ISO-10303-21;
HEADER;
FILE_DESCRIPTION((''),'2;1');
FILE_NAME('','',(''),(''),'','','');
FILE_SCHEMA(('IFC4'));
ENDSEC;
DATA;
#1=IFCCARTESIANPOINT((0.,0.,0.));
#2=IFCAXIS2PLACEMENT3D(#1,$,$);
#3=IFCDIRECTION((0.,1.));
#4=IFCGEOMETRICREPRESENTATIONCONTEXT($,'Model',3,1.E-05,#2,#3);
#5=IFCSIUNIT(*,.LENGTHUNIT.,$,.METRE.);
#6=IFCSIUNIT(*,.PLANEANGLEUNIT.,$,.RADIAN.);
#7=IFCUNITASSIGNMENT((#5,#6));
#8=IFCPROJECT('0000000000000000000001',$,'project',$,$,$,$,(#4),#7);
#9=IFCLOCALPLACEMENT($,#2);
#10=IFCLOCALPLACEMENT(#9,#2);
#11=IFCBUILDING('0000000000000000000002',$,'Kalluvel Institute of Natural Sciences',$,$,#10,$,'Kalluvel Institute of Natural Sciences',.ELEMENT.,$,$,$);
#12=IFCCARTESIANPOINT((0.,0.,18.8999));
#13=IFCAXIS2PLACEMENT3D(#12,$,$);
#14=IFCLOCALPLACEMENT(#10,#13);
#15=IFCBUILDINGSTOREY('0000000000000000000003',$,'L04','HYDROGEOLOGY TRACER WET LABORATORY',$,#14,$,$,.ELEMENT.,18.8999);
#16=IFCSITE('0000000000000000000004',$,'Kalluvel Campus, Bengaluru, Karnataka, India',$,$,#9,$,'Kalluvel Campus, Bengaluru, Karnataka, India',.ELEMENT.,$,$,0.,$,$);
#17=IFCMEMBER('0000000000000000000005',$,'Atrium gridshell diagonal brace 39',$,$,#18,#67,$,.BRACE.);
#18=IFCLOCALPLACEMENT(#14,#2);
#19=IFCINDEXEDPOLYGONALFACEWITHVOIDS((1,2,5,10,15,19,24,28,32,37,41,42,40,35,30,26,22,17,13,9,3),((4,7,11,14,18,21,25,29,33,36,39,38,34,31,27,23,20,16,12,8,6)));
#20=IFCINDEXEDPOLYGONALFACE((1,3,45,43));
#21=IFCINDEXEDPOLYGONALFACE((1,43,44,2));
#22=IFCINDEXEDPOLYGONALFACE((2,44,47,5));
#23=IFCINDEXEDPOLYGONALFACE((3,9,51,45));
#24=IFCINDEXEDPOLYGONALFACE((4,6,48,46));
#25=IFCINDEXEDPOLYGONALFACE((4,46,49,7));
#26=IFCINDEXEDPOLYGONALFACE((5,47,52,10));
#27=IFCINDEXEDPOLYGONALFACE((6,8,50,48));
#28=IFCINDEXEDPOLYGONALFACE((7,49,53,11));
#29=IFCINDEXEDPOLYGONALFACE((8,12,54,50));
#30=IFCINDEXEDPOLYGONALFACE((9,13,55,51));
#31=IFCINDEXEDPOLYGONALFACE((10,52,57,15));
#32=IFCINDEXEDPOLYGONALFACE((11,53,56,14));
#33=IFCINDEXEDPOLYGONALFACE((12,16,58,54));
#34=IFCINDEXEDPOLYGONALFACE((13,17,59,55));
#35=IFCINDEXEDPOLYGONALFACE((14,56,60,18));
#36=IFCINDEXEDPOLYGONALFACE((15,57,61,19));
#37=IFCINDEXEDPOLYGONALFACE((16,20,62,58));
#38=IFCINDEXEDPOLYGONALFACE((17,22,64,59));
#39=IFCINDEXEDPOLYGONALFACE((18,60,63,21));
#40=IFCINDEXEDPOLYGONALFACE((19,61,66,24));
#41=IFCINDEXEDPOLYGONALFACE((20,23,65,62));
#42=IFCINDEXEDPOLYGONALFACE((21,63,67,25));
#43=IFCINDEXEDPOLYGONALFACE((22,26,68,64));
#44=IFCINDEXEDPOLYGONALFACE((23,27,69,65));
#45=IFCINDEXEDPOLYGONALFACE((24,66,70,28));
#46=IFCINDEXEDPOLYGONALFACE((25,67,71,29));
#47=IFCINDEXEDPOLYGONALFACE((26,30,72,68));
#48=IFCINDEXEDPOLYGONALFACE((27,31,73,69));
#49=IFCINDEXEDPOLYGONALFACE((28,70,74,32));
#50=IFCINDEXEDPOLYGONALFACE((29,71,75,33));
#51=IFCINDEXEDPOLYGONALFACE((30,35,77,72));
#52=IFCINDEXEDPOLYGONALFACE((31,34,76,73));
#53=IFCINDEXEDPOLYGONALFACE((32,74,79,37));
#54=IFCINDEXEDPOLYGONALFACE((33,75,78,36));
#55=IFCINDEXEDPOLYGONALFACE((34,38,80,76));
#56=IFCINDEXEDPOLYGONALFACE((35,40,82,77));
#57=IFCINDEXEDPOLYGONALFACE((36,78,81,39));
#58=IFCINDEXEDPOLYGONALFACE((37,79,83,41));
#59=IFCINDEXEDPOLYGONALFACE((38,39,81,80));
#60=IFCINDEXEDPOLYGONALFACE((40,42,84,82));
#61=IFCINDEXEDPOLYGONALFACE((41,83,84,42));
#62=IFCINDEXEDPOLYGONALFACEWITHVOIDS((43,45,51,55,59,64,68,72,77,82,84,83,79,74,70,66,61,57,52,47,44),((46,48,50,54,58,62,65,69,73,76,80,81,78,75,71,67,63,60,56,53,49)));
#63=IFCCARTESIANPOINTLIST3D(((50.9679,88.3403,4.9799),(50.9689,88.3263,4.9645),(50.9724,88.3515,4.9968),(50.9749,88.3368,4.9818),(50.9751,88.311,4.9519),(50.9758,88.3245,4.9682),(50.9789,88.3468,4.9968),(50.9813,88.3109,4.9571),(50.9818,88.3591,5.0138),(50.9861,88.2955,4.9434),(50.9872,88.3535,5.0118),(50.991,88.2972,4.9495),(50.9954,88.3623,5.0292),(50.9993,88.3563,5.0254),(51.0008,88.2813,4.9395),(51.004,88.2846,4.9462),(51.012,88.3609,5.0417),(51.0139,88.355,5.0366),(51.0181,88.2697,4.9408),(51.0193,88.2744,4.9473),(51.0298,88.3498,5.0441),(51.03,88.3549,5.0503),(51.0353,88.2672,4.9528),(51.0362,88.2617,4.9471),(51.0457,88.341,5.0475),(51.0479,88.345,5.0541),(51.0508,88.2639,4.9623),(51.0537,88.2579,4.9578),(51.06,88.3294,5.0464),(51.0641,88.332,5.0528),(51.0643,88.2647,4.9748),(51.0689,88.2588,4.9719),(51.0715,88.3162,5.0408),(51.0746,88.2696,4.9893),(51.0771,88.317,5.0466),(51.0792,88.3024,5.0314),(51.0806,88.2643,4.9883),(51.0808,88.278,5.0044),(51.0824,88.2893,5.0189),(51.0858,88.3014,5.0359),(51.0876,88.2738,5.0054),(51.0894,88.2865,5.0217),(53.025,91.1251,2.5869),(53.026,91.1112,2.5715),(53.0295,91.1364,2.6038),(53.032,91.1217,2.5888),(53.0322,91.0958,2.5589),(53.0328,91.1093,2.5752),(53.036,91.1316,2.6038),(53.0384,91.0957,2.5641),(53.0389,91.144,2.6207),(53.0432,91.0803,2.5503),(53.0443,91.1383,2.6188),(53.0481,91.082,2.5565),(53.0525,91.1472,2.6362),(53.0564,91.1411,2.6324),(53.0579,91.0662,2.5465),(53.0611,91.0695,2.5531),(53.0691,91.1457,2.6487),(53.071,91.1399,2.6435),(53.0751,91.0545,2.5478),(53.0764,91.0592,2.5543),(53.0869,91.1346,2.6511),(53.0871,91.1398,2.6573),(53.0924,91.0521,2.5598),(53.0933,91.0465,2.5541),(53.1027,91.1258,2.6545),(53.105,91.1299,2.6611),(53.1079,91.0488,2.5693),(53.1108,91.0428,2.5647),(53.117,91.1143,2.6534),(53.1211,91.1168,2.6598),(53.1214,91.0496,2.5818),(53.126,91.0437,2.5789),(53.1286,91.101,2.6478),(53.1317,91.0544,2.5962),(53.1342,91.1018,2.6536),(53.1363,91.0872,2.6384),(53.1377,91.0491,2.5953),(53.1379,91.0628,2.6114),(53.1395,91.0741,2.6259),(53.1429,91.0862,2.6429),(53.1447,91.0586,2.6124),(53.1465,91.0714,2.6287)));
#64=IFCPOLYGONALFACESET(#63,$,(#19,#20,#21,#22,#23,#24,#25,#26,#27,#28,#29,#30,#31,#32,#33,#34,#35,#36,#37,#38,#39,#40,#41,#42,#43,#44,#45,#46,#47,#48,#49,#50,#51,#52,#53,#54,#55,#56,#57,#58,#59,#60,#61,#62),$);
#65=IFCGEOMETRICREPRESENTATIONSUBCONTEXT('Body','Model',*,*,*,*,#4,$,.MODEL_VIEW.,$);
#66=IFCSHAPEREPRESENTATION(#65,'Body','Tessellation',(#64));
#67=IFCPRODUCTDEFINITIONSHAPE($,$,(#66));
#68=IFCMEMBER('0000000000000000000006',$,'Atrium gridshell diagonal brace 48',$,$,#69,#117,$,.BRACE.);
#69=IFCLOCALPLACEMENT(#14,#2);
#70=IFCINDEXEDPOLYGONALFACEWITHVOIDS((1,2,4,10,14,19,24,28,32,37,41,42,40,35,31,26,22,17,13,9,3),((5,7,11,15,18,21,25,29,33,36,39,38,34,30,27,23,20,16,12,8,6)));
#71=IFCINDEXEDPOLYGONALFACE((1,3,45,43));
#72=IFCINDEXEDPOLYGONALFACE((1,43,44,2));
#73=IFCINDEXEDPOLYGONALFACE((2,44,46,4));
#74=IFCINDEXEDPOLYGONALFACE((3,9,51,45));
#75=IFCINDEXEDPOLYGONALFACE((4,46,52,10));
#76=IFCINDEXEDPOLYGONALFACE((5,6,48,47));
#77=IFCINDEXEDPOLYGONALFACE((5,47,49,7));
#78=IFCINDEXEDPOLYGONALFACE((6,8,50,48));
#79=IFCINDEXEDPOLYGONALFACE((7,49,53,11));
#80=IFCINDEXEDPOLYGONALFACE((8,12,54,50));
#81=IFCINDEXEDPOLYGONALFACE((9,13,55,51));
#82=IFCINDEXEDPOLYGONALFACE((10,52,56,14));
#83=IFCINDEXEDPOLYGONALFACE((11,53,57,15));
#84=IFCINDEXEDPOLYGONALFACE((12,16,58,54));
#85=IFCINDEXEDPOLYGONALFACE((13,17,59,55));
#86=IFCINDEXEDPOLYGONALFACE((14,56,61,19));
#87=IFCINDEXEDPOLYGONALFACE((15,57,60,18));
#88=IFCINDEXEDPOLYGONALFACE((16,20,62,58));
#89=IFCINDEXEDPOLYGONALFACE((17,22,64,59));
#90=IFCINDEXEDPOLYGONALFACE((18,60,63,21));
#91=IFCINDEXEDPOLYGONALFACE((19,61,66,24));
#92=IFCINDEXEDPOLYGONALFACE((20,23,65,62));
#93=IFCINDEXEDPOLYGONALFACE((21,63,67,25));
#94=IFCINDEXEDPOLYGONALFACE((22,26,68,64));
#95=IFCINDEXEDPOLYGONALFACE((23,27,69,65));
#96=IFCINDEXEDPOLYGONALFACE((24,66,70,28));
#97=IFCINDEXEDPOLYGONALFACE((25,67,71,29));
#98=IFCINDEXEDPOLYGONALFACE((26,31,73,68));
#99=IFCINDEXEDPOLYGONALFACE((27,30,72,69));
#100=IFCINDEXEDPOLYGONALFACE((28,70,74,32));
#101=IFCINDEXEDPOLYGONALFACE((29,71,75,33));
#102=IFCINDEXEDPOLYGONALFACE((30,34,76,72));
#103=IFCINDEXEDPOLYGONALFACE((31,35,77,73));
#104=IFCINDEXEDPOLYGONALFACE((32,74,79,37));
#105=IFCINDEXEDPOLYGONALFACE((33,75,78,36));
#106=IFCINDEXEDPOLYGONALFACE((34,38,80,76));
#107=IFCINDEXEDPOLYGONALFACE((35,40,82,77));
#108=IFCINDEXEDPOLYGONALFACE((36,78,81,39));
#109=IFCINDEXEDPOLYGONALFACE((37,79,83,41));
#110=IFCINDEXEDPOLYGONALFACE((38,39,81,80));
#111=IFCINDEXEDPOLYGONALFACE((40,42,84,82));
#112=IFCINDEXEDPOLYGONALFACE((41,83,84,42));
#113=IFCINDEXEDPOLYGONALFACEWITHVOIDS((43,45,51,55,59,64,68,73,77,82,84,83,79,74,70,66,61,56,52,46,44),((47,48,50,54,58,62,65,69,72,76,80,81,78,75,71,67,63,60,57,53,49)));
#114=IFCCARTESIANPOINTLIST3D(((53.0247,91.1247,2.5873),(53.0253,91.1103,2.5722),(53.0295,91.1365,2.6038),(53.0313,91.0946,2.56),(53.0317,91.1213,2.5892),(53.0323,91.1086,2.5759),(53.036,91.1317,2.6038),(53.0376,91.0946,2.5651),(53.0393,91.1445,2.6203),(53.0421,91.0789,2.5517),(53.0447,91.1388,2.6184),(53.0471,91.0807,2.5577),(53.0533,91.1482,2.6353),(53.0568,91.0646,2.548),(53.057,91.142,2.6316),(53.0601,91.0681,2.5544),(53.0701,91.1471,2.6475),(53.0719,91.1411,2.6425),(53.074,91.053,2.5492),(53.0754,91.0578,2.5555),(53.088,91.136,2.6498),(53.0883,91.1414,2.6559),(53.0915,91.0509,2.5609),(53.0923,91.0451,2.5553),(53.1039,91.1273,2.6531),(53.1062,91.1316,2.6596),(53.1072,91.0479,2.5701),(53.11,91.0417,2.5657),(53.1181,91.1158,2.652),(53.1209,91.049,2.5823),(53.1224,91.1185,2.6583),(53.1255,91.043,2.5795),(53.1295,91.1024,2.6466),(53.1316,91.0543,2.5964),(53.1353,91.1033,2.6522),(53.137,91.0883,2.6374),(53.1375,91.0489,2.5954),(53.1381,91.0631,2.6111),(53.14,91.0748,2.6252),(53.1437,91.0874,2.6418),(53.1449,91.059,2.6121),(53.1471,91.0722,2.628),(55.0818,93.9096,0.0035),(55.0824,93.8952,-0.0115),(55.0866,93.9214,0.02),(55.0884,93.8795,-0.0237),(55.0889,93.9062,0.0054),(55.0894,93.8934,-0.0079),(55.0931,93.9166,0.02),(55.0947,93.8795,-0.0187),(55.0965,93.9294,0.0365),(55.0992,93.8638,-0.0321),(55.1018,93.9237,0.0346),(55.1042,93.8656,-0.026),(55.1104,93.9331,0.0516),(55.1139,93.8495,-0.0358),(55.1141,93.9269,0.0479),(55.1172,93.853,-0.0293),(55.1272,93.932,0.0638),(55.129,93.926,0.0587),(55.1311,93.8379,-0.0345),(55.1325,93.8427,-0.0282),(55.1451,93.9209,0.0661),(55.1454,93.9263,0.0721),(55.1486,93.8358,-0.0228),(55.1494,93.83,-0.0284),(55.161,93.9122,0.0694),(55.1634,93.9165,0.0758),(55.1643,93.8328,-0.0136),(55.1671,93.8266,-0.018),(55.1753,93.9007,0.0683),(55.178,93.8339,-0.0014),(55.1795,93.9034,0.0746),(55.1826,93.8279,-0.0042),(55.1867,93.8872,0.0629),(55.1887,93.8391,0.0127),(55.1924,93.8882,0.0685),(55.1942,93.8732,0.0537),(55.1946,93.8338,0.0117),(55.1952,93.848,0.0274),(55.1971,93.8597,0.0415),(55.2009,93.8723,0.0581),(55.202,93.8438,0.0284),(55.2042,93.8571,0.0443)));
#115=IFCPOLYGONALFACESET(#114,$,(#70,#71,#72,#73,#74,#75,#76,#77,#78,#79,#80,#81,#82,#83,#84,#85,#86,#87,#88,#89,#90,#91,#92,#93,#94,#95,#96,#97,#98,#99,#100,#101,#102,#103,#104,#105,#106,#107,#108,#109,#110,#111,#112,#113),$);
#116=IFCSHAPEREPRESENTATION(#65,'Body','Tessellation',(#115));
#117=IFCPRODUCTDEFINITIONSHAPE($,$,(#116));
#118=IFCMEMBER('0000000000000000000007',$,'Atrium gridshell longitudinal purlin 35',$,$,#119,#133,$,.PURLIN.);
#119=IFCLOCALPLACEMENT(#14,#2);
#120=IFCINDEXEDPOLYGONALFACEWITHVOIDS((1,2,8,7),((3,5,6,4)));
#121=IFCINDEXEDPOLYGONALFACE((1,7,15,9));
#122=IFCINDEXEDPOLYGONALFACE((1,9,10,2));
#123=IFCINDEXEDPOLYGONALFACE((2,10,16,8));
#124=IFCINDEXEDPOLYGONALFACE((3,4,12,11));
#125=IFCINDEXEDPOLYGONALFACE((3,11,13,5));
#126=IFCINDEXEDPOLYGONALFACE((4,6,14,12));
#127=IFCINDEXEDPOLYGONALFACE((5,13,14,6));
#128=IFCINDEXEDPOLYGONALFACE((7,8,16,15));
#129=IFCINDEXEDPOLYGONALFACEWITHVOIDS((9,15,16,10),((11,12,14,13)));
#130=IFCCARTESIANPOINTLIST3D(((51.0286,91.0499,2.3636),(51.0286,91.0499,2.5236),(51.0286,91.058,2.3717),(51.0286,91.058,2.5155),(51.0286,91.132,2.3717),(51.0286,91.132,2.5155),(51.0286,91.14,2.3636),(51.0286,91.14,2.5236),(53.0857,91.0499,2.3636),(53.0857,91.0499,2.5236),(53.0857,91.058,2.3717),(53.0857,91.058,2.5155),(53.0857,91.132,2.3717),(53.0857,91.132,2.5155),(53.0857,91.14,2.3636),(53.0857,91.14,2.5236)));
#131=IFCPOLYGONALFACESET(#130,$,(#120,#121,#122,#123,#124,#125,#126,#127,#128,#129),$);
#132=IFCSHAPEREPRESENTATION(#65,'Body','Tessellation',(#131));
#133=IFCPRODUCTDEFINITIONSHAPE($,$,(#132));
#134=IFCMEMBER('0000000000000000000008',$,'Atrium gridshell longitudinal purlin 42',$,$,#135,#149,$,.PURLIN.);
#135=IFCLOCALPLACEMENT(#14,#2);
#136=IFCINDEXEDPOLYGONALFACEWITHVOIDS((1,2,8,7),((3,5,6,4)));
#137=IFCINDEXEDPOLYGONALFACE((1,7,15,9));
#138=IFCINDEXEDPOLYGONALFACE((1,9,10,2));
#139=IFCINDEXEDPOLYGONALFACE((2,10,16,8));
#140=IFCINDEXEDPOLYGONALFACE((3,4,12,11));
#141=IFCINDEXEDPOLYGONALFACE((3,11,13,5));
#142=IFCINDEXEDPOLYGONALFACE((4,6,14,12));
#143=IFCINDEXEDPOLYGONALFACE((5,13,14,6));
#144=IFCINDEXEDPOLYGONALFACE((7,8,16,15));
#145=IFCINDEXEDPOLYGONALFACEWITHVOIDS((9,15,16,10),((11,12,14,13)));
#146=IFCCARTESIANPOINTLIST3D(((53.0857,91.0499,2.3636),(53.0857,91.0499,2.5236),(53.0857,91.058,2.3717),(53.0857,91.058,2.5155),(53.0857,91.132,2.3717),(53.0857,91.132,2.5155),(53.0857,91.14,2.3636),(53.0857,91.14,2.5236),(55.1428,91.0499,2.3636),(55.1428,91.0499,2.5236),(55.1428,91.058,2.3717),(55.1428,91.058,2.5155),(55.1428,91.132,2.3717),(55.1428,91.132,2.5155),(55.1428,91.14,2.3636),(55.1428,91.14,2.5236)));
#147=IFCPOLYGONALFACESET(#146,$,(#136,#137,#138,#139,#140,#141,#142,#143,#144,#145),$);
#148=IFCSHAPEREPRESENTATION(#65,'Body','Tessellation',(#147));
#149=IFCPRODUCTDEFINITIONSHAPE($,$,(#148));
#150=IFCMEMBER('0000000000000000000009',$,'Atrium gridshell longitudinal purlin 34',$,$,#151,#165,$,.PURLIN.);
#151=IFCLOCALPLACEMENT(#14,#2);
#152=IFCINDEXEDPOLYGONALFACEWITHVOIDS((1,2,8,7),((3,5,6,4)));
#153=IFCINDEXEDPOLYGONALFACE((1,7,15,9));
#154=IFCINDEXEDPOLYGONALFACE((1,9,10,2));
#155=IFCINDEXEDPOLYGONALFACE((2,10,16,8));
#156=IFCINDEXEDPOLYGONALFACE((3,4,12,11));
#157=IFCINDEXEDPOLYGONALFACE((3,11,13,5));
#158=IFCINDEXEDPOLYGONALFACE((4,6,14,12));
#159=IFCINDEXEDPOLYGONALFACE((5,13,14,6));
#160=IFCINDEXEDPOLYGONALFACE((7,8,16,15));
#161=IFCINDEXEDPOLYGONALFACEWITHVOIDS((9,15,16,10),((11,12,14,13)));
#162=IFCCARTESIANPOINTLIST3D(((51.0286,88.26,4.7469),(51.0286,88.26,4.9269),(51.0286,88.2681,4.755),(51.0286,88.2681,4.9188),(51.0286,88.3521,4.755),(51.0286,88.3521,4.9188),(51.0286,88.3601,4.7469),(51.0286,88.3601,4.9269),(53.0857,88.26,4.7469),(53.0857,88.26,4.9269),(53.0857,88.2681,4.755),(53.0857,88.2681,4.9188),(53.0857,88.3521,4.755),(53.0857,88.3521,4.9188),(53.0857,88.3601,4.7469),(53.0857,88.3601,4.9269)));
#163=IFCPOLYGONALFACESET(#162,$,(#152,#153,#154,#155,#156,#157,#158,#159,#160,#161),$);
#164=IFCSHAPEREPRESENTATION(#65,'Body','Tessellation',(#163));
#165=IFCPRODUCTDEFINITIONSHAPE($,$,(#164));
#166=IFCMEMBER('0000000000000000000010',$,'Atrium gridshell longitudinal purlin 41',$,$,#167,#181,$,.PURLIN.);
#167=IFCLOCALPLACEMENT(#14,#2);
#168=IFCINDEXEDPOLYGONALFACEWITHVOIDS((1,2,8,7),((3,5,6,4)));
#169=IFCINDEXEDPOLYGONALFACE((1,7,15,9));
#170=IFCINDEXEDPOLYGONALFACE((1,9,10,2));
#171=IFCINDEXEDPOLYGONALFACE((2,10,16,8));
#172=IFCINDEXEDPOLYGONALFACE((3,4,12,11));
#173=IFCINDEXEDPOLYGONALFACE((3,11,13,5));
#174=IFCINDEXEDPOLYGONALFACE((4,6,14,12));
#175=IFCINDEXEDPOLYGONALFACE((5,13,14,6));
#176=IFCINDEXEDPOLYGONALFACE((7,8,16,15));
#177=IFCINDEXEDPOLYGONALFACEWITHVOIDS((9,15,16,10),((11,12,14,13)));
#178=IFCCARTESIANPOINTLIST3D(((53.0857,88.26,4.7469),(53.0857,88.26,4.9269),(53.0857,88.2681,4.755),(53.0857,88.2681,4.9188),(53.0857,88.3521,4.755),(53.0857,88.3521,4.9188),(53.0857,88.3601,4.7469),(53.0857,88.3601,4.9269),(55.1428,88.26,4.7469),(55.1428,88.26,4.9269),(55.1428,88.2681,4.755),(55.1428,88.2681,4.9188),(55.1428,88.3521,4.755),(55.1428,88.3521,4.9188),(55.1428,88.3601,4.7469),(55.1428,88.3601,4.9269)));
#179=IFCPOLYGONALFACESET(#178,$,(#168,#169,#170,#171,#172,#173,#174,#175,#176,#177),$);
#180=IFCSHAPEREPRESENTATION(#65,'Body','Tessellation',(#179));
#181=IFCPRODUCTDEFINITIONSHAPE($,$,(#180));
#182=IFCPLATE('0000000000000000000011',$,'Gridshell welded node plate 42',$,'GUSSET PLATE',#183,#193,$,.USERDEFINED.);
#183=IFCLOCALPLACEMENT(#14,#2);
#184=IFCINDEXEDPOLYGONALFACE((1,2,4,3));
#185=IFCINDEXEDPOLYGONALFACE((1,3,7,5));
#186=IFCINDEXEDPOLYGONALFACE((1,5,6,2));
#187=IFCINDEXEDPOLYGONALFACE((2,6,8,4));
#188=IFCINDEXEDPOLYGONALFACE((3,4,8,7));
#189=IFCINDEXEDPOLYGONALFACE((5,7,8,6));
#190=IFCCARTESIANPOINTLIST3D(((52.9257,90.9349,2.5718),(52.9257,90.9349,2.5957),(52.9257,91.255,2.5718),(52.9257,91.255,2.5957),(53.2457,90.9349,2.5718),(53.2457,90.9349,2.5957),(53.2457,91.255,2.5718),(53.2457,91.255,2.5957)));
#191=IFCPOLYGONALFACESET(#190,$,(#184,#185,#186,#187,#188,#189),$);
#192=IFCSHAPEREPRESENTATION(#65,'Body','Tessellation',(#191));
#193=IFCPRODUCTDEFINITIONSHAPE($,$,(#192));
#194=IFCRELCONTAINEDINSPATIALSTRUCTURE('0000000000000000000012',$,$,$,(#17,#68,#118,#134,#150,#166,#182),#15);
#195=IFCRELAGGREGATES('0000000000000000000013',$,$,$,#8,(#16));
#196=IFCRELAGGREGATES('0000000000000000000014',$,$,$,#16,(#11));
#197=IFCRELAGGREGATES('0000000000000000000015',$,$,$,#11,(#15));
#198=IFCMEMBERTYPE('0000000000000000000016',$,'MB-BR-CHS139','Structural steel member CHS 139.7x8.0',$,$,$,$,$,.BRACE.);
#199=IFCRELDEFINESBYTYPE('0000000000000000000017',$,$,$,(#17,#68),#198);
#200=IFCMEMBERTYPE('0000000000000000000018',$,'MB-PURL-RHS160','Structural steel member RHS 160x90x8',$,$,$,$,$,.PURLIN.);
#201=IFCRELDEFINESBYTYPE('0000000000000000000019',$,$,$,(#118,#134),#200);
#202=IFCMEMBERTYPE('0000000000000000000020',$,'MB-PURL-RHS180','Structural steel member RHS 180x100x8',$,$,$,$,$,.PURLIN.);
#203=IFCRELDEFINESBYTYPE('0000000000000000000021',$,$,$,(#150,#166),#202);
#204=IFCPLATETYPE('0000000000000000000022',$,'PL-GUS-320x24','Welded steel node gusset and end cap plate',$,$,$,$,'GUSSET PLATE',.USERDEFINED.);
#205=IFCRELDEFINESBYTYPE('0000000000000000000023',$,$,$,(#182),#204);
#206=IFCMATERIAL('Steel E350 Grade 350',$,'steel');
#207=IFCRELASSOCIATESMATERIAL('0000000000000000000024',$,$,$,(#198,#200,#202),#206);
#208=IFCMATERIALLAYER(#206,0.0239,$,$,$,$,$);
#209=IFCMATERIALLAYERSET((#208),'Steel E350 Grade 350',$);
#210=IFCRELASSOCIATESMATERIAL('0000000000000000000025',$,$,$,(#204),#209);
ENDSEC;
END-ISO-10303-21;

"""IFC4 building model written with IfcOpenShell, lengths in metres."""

from ifc_helpers import new_model, si_unit, direction, frame, origin, origin_2d, place, context, subcontext, project, spatial, rectangle, hollow_rectangle, hollow_circle, extrude, material, layer, layer_set, material_profile, profile_set, type_object, element, save


model = new_model("IFC4")

# Units and contexts
model_context = context("Model", 3, precision=1e-05, world=origin(), true_north=direction((0.0, 1.0)))
body_context = subcontext(model_context, "Body", "Model", "MODEL_VIEW")
ifc_project = project(units=[si_unit("LENGTHUNIT", "METRE"), si_unit("PLANEANGLEUNIT", "RADIAN")], contexts=[model_context])

# Site, building, storey
site_placement = place(None, origin())
site = spatial("IfcSite", under=ifc_project, at=site_placement, Name="Kalluvel Campus, Bengaluru, Karnataka, India", LongName="Kalluvel Campus, Bengaluru, Karnataka, India", CompositionType="ELEMENT", RefElevation=0.0)
building_placement = place(site_placement, origin())
building = spatial("IfcBuilding", under=site, at=building_placement, Name="Kalluvel Institute of Natural Sciences", LongName="Kalluvel Institute of Natural Sciences", CompositionType="ELEMENT")
storey_placement = place(building_placement, frame((0.0, 0.0, 18.8999)))
storey = spatial("IfcBuildingStorey", under=building, at=storey_placement, Name="L04", Description="HYDROGEOLOGY TRACER WET LABORATORY", CompositionType="ELEMENT", Elevation=18.8999)

# Members
ifc_material_1 = material(Name="Steel E350 Grade 350", Category="steel")
ifc_material_profile_1 = material_profile(ifc_material_1, hollow_circle(Radius=0.0698, WallThickness=0.0081, at=origin_2d()), Name="CHS 139.7x8.0")
ifc_profile_set_1 = profile_set([ifc_material_profile_1], Name="Steel E350 Grade 350")
member_type_1 = type_object("IfcMemberType", Name="MB-BR-CHS139", Description="Structural steel member CHS 139.7x8.0", PredefinedType="BRACE", material=ifc_profile_set_1)
member_1_placement = place(storey_placement, frame((51.0286, 88.3101, 4.9968), z_axis=(0.488765, 0.661683, -0.568582), x_axis=(-0.804353, 0.594151, 0.0)))
element("IfcMember", 1, at=member_1_placement, inside=storey, type_object=member_type_1, Name="Atrium gridshell diagonal brace 39", PredefinedType="BRACE", context=body_context, shape_type="SweptSolid", body=[
    extrude(hollow_circle(Radius=0.0698, WallThickness=0.0081, at=origin_2d()), origin(), (0.0, 0.0, 1.0), 4.2087),
])
member_2_placement = place(storey_placement, frame((53.0857, 91.095, 2.6038), z_axis=(0.476177, 0.644641, -0.598075), x_axis=(-0.804353, 0.594151, 0.0)))
element("IfcMember", 2, at=member_2_placement, inside=storey, type_object=member_type_1, Name="Atrium gridshell diagonal brace 48", PredefinedType="BRACE", context=body_context, shape_type="SweptSolid", body=[
    extrude(hollow_circle(Radius=0.0698, WallThickness=0.0081, at=origin_2d()), origin(), (0.0, 0.0, 1.0), 4.3201),
])
ifc_material_profile_2 = material_profile(ifc_material_1, hollow_rectangle(XDim=0.0901, YDim=0.1599, WallThickness=0.0081, at=origin_2d()), Name="RHS 160x90x8")
ifc_profile_set_2 = profile_set([ifc_material_profile_2], Name="Steel E350 Grade 350")
member_type_2 = type_object("IfcMemberType", Name="MB-PURL-RHS160", Description="Structural steel member RHS 160x90x8", PredefinedType="PURLIN", material=ifc_profile_set_2)
for number, where, z_axis, x_axis, name in (
    (3, (51.0286, 91.095, 2.4436), (1.0, 0.0, 0.0), (0.0, 1.0, 0.0), "Atrium gridshell longitudinal purlin 35"),
    (4, (53.0857, 91.095, 2.4436), (1.0, 0.0, 0.0), (0.0, 1.0, 0.0), "Atrium gridshell longitudinal purlin 42"),
):
    element("IfcMember", number, at=place(storey_placement, frame(where, z_axis=z_axis, x_axis=x_axis)), inside=storey, type_object=member_type_2, Name=name, PredefinedType="PURLIN", context=body_context, shape_type="SweptSolid", body=[
        extrude(hollow_rectangle(XDim=0.0901, YDim=0.1599, WallThickness=0.0081, at=origin_2d()), origin(), (0.0, 0.0, 1.0), 2.0571),
    ])
ifc_material_profile_3 = material_profile(ifc_material_1, hollow_rectangle(XDim=0.1001, YDim=0.1799, WallThickness=0.0081, at=origin_2d()), Name="RHS 180x100x8")
ifc_profile_set_3 = profile_set([ifc_material_profile_3], Name="Steel E350 Grade 350")
member_type_3 = type_object("IfcMemberType", Name="MB-PURL-RHS180", Description="Structural steel member RHS 180x100x8", PredefinedType="PURLIN", material=ifc_profile_set_3)
for number, where, z_axis, x_axis, name in (
    (5, (51.0286, 88.3101, 4.8369), (1.0, 0.0, 0.0), (0.0, 1.0, 0.0), "Atrium gridshell longitudinal purlin 34"),
    (6, (53.0857, 88.3101, 4.8369), (1.0, 0.0, 0.0), (0.0, 1.0, 0.0), "Atrium gridshell longitudinal purlin 41"),
):
    element("IfcMember", number, at=place(storey_placement, frame(where, z_axis=z_axis, x_axis=x_axis)), inside=storey, type_object=member_type_3, Name=name, PredefinedType="PURLIN", context=body_context, shape_type="SweptSolid", body=[
        extrude(hollow_rectangle(XDim=0.1001, YDim=0.1799, WallThickness=0.0081, at=origin_2d()), origin(), (0.0, 0.0, 1.0), 2.0571),
    ])

# Plate
ifc_layer_1 = layer(ifc_material_1, 0.0239)
ifc_layer_set_1 = layer_set([ifc_layer_1], Name="Steel E350 Grade 350")
plate_type_1 = type_object("IfcPlateType", Name="PL-GUS-320x24", Description="Welded steel node gusset and end cap plate", ElementType="GUSSET PLATE", PredefinedType="USERDEFINED", material=ifc_layer_set_1)
plate_1_placement = place(storey_placement, frame((53.0857, 91.095, 2.5718), z_axis=(0.0, 0.0, 1.0), x_axis=(1.0, 0.0, 0.0)))
element("IfcPlate", 7, at=plate_1_placement, inside=storey, type_object=plate_type_1, Name="Gridshell welded node plate 42", ObjectType="GUSSET PLATE", PredefinedType="USERDEFINED", context=body_context, shape_type="SweptSolid", body=[
    extrude(rectangle(XDim=0.3201, YDim=0.3201, at=origin_2d()), origin(), (0.0, 0.0, 1.0), 0.0239),
])

save(model, "model.ifc")
